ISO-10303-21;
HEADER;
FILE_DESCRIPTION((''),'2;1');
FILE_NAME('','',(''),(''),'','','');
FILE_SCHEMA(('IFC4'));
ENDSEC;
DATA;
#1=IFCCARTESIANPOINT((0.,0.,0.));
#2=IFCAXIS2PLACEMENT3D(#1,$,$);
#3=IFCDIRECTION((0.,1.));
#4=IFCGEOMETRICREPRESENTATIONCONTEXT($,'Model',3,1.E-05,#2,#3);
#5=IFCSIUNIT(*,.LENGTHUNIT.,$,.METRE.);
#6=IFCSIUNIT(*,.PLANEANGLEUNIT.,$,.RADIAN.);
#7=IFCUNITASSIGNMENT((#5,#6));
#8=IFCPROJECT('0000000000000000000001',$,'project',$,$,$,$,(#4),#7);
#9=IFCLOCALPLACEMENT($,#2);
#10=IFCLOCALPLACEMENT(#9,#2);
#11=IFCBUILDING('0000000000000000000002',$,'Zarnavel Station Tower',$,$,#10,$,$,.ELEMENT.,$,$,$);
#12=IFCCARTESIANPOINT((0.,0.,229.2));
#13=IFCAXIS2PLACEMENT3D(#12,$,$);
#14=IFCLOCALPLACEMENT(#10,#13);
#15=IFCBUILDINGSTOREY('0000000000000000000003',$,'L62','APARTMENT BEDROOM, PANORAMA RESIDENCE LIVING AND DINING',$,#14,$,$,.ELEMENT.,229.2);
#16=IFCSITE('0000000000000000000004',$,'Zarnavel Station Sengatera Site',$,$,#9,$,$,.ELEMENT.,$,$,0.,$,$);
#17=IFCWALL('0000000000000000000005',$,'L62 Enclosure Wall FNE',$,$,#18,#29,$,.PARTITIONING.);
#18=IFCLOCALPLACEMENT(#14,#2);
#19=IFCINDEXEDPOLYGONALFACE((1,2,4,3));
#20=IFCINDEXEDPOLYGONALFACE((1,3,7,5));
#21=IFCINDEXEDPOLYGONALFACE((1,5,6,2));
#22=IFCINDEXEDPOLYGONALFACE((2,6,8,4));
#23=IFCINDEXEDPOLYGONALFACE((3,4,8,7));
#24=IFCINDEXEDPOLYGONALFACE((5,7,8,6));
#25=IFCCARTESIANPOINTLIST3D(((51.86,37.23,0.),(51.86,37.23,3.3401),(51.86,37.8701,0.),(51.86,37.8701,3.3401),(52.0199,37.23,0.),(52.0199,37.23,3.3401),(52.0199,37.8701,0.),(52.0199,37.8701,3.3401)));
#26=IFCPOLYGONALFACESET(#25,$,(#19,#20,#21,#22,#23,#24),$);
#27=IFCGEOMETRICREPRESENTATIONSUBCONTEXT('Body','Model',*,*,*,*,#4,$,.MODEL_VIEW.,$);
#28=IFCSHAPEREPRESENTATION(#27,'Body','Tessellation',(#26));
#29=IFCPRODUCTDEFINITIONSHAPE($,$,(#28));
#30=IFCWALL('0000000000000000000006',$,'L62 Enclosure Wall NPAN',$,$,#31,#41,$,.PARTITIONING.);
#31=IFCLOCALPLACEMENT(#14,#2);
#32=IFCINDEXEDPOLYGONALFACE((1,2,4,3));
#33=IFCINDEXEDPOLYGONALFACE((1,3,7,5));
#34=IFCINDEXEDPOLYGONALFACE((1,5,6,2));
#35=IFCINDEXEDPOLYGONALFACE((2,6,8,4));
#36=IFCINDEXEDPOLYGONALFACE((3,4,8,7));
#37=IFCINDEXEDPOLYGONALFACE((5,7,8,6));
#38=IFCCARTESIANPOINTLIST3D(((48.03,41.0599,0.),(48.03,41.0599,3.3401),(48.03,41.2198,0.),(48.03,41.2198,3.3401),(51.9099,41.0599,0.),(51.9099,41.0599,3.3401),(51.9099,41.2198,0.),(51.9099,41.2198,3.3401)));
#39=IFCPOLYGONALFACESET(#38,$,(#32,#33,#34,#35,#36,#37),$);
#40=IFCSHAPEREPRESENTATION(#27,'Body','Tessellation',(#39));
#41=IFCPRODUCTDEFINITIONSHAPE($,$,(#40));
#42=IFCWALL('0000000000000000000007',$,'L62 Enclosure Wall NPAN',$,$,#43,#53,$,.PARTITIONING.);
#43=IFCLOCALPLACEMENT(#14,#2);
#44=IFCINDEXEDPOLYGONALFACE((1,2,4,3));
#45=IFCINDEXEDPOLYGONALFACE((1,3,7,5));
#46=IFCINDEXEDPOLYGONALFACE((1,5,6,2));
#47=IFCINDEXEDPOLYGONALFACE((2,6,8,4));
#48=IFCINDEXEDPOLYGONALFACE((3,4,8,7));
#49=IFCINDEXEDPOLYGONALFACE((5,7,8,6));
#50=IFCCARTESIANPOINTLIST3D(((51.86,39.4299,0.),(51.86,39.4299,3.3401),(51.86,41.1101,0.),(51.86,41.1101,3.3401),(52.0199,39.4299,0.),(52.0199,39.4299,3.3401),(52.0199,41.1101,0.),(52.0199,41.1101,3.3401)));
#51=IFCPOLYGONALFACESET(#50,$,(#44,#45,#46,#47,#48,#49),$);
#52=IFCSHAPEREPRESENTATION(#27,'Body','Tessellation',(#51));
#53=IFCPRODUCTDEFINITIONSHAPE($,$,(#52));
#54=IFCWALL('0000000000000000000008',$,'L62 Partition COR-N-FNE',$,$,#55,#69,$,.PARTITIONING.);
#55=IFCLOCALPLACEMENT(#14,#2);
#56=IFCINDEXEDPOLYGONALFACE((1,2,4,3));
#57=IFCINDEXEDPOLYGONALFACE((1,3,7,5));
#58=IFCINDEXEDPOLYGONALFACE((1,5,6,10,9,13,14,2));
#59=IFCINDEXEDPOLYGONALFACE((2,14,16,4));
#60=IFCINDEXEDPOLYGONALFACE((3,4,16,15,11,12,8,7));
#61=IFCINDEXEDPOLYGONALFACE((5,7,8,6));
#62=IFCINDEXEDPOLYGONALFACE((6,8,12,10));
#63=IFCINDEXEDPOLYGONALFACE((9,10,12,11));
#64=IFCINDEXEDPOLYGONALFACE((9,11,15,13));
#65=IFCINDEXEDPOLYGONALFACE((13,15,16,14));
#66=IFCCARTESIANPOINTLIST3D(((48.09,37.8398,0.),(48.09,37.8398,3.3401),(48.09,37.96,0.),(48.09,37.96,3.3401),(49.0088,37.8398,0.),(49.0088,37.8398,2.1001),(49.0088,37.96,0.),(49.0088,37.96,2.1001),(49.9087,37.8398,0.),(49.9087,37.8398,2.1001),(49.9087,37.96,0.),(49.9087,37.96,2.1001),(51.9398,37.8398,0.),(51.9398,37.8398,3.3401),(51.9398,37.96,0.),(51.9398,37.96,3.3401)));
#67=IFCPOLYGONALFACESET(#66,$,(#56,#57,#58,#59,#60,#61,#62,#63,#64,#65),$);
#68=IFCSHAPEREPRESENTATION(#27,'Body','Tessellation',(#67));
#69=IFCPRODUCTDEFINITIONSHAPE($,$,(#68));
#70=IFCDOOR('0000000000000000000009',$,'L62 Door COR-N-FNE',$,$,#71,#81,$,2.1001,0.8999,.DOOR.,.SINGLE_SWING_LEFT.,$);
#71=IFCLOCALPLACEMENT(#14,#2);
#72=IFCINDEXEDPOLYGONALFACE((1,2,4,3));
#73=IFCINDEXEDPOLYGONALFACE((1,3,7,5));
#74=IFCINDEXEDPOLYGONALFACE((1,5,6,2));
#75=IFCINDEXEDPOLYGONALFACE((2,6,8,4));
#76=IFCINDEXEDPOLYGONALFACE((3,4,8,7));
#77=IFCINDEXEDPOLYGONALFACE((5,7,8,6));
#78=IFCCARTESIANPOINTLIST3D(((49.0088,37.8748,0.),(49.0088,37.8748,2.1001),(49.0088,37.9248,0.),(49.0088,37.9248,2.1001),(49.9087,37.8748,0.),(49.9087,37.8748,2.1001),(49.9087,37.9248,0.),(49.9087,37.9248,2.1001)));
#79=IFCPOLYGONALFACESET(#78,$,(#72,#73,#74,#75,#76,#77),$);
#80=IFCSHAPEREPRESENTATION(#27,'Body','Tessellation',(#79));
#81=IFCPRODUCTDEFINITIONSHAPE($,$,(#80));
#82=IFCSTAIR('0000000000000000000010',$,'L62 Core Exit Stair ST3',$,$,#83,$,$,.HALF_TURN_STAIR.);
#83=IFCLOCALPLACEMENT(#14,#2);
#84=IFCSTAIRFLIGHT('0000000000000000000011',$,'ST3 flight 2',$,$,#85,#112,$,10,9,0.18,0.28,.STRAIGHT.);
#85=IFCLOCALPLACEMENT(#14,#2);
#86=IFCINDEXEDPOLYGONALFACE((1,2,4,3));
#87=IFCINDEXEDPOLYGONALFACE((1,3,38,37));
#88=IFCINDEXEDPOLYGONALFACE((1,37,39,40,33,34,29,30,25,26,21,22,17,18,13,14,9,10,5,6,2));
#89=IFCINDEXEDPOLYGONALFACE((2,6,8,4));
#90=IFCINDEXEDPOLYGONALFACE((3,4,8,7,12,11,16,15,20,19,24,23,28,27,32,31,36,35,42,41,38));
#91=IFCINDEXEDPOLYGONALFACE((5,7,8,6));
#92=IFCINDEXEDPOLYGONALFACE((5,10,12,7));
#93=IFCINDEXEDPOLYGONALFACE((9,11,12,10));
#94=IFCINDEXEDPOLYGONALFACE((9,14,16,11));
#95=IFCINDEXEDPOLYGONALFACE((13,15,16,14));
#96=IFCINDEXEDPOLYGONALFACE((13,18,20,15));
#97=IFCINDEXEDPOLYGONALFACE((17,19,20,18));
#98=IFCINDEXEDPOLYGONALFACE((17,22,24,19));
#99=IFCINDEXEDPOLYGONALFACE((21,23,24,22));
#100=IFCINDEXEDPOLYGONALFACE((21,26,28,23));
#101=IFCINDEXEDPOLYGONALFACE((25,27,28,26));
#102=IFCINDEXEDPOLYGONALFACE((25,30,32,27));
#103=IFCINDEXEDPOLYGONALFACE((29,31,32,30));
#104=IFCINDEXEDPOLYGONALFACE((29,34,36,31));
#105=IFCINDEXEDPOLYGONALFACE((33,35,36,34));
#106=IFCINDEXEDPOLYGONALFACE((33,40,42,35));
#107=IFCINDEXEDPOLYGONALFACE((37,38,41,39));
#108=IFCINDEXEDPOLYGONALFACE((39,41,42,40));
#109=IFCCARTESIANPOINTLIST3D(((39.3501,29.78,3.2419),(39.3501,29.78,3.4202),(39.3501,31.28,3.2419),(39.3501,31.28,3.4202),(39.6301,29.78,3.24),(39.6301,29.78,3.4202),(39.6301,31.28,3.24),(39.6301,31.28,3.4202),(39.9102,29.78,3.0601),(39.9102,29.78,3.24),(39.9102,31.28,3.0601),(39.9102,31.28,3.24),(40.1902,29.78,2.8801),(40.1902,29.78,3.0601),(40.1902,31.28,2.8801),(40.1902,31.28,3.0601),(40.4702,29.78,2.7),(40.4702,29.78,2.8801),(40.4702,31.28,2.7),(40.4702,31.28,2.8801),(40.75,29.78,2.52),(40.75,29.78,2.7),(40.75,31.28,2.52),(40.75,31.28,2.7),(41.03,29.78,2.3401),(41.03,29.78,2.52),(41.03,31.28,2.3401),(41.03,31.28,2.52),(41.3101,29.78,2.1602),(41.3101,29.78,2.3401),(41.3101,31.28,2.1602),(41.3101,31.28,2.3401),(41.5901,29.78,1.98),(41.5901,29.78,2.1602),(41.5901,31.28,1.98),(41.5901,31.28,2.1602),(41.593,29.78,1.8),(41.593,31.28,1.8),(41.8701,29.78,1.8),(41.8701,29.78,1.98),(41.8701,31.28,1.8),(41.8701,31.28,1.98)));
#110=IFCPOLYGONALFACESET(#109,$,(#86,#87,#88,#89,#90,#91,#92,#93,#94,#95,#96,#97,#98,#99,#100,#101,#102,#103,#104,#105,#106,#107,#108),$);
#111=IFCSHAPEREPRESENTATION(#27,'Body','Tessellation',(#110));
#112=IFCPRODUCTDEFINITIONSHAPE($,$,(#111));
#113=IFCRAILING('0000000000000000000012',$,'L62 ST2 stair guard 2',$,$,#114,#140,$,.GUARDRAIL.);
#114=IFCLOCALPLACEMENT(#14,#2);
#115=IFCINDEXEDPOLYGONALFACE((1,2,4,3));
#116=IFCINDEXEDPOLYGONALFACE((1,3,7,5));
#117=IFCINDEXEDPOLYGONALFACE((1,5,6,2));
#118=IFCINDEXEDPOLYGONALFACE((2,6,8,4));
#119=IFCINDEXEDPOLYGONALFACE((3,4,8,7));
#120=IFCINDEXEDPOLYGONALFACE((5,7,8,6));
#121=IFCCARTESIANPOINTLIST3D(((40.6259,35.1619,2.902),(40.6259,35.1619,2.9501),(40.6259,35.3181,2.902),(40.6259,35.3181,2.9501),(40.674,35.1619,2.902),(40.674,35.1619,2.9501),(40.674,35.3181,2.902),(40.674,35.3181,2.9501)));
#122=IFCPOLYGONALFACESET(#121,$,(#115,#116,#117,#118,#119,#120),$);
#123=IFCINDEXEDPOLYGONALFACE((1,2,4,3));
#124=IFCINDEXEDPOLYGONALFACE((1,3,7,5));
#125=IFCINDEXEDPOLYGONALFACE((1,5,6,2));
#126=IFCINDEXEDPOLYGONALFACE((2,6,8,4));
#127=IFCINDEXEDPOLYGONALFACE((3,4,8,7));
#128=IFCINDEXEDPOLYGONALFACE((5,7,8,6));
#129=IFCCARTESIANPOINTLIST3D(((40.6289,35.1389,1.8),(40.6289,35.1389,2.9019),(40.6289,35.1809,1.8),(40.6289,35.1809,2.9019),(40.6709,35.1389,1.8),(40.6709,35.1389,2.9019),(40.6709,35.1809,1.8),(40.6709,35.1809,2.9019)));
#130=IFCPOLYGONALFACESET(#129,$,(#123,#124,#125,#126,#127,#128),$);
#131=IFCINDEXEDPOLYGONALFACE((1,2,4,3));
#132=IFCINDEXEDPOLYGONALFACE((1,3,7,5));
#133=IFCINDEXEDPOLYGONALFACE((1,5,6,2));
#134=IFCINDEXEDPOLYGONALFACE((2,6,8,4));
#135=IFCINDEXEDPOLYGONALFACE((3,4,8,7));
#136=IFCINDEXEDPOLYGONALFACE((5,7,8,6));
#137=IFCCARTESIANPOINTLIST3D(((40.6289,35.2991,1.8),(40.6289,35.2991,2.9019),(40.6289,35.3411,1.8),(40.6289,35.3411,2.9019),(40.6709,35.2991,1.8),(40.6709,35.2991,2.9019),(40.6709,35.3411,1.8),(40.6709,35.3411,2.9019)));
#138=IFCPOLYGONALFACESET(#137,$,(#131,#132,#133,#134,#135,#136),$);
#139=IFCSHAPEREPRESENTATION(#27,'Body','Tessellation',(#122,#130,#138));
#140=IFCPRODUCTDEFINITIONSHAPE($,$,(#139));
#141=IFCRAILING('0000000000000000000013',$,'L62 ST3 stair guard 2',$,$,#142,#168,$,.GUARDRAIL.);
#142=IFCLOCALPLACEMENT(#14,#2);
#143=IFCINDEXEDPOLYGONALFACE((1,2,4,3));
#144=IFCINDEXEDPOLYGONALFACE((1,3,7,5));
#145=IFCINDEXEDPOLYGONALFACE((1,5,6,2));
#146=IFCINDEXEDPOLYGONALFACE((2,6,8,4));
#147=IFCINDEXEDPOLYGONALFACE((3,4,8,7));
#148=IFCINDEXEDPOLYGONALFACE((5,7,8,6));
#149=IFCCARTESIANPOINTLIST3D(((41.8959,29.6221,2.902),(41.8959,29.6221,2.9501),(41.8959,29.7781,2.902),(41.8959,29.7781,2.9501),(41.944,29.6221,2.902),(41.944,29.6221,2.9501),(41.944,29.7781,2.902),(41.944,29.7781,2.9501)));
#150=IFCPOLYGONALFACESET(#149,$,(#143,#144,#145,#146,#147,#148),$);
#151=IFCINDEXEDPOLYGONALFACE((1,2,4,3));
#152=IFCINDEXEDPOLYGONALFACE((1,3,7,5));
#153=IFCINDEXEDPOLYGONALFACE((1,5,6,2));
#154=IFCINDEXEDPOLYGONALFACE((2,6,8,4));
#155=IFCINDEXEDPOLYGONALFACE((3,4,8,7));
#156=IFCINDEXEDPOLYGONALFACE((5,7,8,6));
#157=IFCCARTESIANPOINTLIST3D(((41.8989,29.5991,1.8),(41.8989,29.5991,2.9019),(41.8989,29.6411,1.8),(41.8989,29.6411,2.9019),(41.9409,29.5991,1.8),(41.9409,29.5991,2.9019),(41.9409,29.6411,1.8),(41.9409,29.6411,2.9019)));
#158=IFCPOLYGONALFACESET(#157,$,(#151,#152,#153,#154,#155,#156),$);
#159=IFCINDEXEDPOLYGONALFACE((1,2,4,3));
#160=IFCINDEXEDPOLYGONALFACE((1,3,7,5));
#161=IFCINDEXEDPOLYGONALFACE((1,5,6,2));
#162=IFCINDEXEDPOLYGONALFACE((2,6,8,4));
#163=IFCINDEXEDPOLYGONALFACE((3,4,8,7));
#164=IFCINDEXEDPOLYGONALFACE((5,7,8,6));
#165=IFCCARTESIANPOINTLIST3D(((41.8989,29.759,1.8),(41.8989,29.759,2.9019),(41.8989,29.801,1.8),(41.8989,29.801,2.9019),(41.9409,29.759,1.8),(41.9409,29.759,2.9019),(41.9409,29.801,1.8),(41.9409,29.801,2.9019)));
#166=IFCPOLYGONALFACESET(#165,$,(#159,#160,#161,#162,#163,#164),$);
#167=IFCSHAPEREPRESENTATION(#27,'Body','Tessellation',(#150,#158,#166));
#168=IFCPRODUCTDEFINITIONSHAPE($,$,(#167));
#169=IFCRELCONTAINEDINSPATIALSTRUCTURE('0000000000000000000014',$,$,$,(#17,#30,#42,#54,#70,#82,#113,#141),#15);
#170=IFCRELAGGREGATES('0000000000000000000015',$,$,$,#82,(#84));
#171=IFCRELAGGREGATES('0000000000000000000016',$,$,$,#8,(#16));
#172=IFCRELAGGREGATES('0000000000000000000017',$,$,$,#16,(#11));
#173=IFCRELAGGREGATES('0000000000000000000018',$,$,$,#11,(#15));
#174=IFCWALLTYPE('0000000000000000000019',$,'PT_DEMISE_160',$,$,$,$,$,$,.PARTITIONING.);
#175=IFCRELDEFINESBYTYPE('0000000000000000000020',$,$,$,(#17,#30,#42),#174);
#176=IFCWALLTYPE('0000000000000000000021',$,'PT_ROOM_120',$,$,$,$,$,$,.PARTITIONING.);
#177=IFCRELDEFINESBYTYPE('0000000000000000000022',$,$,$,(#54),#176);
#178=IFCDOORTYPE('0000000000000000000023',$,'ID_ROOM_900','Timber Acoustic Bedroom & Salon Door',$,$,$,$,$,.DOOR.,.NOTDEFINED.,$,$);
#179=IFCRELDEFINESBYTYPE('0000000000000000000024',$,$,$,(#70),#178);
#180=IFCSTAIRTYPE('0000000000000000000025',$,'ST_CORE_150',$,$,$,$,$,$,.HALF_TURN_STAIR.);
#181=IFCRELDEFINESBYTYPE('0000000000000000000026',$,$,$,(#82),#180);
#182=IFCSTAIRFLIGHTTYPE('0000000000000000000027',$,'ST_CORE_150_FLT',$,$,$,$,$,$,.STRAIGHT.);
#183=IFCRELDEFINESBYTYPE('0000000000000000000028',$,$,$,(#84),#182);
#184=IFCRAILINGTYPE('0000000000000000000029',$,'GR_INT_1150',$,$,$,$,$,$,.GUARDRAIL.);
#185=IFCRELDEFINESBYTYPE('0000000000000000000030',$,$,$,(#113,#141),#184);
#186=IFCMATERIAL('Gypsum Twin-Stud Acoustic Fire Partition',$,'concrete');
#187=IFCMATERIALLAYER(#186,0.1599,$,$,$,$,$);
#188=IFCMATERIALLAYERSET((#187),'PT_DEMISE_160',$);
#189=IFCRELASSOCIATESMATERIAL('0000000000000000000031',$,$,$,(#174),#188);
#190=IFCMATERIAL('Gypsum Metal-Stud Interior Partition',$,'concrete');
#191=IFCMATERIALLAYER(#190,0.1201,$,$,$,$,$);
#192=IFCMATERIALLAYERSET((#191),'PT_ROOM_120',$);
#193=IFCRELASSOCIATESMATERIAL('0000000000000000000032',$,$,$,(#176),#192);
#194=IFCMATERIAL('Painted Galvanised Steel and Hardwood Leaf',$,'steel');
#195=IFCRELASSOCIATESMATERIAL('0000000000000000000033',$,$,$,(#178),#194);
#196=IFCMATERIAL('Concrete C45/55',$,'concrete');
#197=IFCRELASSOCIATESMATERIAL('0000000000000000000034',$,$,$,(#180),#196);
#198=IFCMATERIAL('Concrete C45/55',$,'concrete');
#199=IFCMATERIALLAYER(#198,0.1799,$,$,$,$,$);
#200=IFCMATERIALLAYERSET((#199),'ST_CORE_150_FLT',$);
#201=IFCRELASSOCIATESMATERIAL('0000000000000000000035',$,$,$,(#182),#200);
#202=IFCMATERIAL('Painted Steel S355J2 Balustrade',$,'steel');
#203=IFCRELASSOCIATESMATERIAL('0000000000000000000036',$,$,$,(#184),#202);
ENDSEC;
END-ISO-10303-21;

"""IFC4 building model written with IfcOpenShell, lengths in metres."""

from ifc_helpers import new_model, si_unit, direction, frame, frame_2d, origin, origin_2d, place, context, subcontext, project, spatial, polyline, rectangle, outline, extrude, material, layer, layer_set, type_object, element, fill, aggregate, save


model = new_model("IFC4")

# Units and contexts
model_context = context("Model", 3, precision=1e-05, world=origin(), true_north=direction((0.0, 1.0)))
body_context = subcontext(model_context, "Body", "Model", "MODEL_VIEW")
ifc_project = project(units=[si_unit("LENGTHUNIT", "METRE"), si_unit("PLANEANGLEUNIT", "RADIAN")], contexts=[model_context])

# Site, building, storey
site_placement = place(None, origin())
site = spatial("IfcSite", under=ifc_project, at=site_placement, Name="Zarnavel Station Sengatera Site", CompositionType="ELEMENT", RefElevation=0.0)
building_placement = place(site_placement, origin())
building = spatial("IfcBuilding", under=site, at=building_placement, Name="Zarnavel Station Tower", CompositionType="ELEMENT")
storey_placement = place(building_placement, frame((0.0, 0.0, 229.2)))
storey = spatial("IfcBuildingStorey", under=building, at=storey_placement, Name="L62", Description="APARTMENT BEDROOM, PANORAMA RESIDENCE LIVING AND DINING", CompositionType="ELEMENT", Elevation=229.2)

# Walls
ifc_material_1 = material(Name="Gypsum Twin-Stud Acoustic Fire Partition", Category="concrete")
ifc_layer_1 = layer(ifc_material_1, 0.1599)
ifc_layer_set_1 = layer_set([ifc_layer_1], Name="PT_DEMISE_160")
wall_type_1 = type_object("IfcWallType", Name="PT_DEMISE_160", PredefinedType="PARTITIONING", material=ifc_layer_set_1)
wall_1_placement = place(storey_placement, frame((51.9399, 37.23, 0.0), z_axis=(0.0, 0.0, 1.0), x_axis=(0.0, 1.0, 0.0)))
element("IfcWall", 1, at=wall_1_placement, inside=storey, type_object=wall_type_1, Name="L62 Enclosure Wall FNE", PredefinedType="PARTITIONING", context=body_context, shape_type="SweptSolid", body=[
    extrude(rectangle(XDim=0.6401, YDim=0.1599, at=frame_2d((0.3201, 0.0))), origin(), (0.0, 0.0, 1.0), 3.3401),
])
wall_2_placement = place(storey_placement, frame((48.03, 41.1399, 0.0), z_axis=(0.0, 0.0, 1.0), x_axis=(1.0, 0.0, 0.0)))
element("IfcWall", 2, at=wall_2_placement, inside=storey, type_object=wall_type_1, Name="L62 Enclosure Wall NPAN", PredefinedType="PARTITIONING", context=body_context, shape_type="SweptSolid", body=[
    extrude(rectangle(XDim=3.8799, YDim=0.1599, at=frame_2d((1.9399, 0.0))), origin(), (0.0, 0.0, 1.0), 3.3401),
])
wall_3_placement = place(storey_placement, frame((51.9399, 39.4299, 0.0), z_axis=(0.0, 0.0, 1.0), x_axis=(0.0, 1.0, 0.0)))
element("IfcWall", 3, at=wall_3_placement, inside=storey, type_object=wall_type_1, Name="L62 Enclosure Wall NPAN", PredefinedType="PARTITIONING", context=body_context, shape_type="SweptSolid", body=[
    extrude(rectangle(XDim=1.6802, YDim=0.1599, at=frame_2d((0.8401, 0.0))), origin(), (0.0, 0.0, 1.0), 3.3401),
])

# Wall, opening, door
ifc_material_2 = material(Name="Gypsum Metal-Stud Interior Partition", Category="concrete")
ifc_layer_2 = layer(ifc_material_2, 0.1201)
ifc_layer_set_2 = layer_set([ifc_layer_2], Name="PT_ROOM_120")
wall_type_2 = type_object("IfcWallType", Name="PT_ROOM_120", PredefinedType="PARTITIONING", material=ifc_layer_set_2)
wall_4_placement = place(storey_placement, frame((48.0901, 37.8999, 0.0), z_axis=(0.0, 0.0, 1.0), x_axis=(1.0, 0.0, 0.0)))
wall_4 = element("IfcWall", 4, at=wall_4_placement, inside=storey, type_object=wall_type_2, Name="L62 Partition COR-N-FNE", PredefinedType="PARTITIONING", context=body_context, shape_type="SweptSolid", body=[
    extrude(rectangle(XDim=3.8499, YDim=0.1201, at=frame_2d((1.9248, 0.0))), origin(), (0.0, 0.0, 1.0), 3.3401),
])
opening_1_placement = place(wall_4_placement, frame((0.9187, 0.0, 0.0)))
opening_1 = element("IfcOpeningElement", 5, at=opening_1_placement, cuts=wall_4, PredefinedType="OPENING", context=body_context, shape_type="SweptSolid", body=[
    extrude(rectangle(XDim=0.8999, YDim=2.1001, at=frame_2d((0.45, 1.05))), frame((0.0, 0.0701, 0.0), z_axis=(0.0, -1.0, 0.0), x_axis=(1.0, 0.0, 0.0)), (0.0, 0.0, 1.0), 0.1401),
])
ifc_material_3 = material(Name="Painted Galvanised Steel and Hardwood Leaf", Category="steel")
door_type_1 = type_object("IfcDoorType", Name="ID_ROOM_900", Description="Timber Acoustic Bedroom & Salon Door", OperationType="NOTDEFINED", PredefinedType="DOOR", material=ifc_material_3)
door_1_placement = place(opening_1_placement, origin())
door_1 = element("IfcDoor", 6, at=door_1_placement, inside=storey, type_object=door_type_1, Name="L62 Door COR-N-FNE", OperationType="SINGLE_SWING_LEFT", OverallHeight=2.1001, OverallWidth=0.8999, PredefinedType="DOOR", context=body_context, shape_type="SweptSolid", body=[
    extrude(rectangle(XDim=0.8999, YDim=2.1001, at=frame_2d((0.45, 1.05))), frame((0.0, 0.0249, 0.0), z_axis=(0.0, -1.0, 0.0), x_axis=(1.0, 0.0, 0.0)), (0.0, 0.0, 1.0), 0.05),
])
fill(opening_1, door_1)

# Stair, stair flight
ifc_material_4 = material(Name="Concrete C45/55", Category="concrete")
stair_type = type_object("IfcStairType", Name="ST_CORE_150", PredefinedType="HALF_TURN_STAIR", material=ifc_material_4)
stair_placement = place(storey_placement, origin())
stair = element("IfcStair", 7, at=stair_placement, inside=storey, type_object=stair_type, Name="L62 Core Exit Stair ST3", PredefinedType="HALF_TURN_STAIR")
ifc_material_5 = material(Name="Concrete C45/55", Category="concrete")
ifc_layer_3 = layer(ifc_material_5, 0.1799)
ifc_layer_set_3 = layer_set([ifc_layer_3], Name="ST_CORE_150_FLT")
stair_flight_type = type_object("IfcStairFlightType", Name="ST_CORE_150_FLT", PredefinedType="STRAIGHT", material=ifc_layer_set_3)
stair_flight_placement = place(storey_placement, frame((41.8701, 30.53, 1.8), z_axis=(0.0, 0.0, 1.0), x_axis=(-1.0, 0.0, 0.0)))
stair_flight = element("IfcStairFlight", 8, at=stair_flight_placement, type_object=stair_flight_type, Name="ST3 flight 2", NumberOfRisers=10, NumberOfTreads=9, PredefinedType="STRAIGHT", RiserHeight=0.18, TreadLength=0.28, context=body_context, shape_type="SweptSolid", body=[
    extrude(outline(polyline([(0.0, 0.0), (0.0, 0.1799), (0.28, 0.1799), (0.28, 0.3601), (0.5601, 0.3601), (0.5601, 0.54), (0.8401, 0.54), (0.8401, 0.72), (1.1201, 0.72), (1.1201, 0.8999), (1.3999, 0.8999), (1.3999, 1.0801), (1.6799, 1.0801), (1.6799, 1.26), (1.96, 1.26), (1.96, 1.4399), (2.24, 1.4399), (2.24, 1.6201), (2.52, 1.6201), (2.52, 1.8), (2.52, 1.4419), (0.2771, 0.0), (0.0, 0.0)])), frame((0.0, 0.75, 0.0), z_axis=(0.0, -1.0, 0.0), x_axis=(1.0, 0.0, 0.0)), (0.0, 0.0, 1.0), 1.5),
])
aggregate(stair, [stair_flight])

# Railings
ifc_material_6 = material(Name="Painted Steel S355J2 Balustrade", Category="steel")
railing_type_1 = type_object("IfcRailingType", Name="GR_INT_1150", PredefinedType="GUARDRAIL", material=ifc_material_6)
railing_1_placement = place(storey_placement, frame((40.6499, 35.1599, 1.8)))
element("IfcRailing", 9, at=railing_1_placement, inside=storey, type_object=railing_type_1, Name="L62 ST2 stair guard 2", PredefinedType="GUARDRAIL", context=body_context, shape_type="SweptSolid", body=[
    extrude(rectangle(XDim=0.0481, YDim=0.0481, at=origin_2d()), frame((0.0, 0.002, 1.126), z_axis=(0.0, 1.0, 0.0), x_axis=(-1.0, 0.0, 0.0)), (0.0, 0.0, 1.0), 0.1562),
    extrude(rectangle(XDim=0.042, YDim=0.042, at=origin_2d()), origin(), (0.0, 0.0, 1.0), 1.1018),
    extrude(rectangle(XDim=0.042, YDim=0.042, at=origin_2d()), frame((0.0, 0.1602, 0.0)), (0.0, 0.0, 1.0), 1.1018),
])
railing_2_placement = place(storey_placement, frame((41.9199, 29.6201, 1.8)))
element("IfcRailing", 10, at=railing_2_placement, inside=storey, type_object=railing_type_1, Name="L62 ST3 stair guard 2", PredefinedType="GUARDRAIL", context=body_context, shape_type="SweptSolid", body=[
    extrude(rectangle(XDim=0.0481, YDim=0.0481, at=origin_2d()), frame((0.0, 0.002, 1.126), z_axis=(0.0, 1.0, 0.0), x_axis=(-1.0, 0.0, 0.0)), (0.0, 0.0, 1.0), 0.156),
    extrude(rectangle(XDim=0.042, YDim=0.042, at=origin_2d()), origin(), (0.0, 0.0, 1.0), 1.1018),
    extrude(rectangle(XDim=0.042, YDim=0.042, at=origin_2d()), frame((0.0, 0.1599, 0.0)), (0.0, 0.0, 1.0), 1.1018),
])

save(model, "model.ifc")
